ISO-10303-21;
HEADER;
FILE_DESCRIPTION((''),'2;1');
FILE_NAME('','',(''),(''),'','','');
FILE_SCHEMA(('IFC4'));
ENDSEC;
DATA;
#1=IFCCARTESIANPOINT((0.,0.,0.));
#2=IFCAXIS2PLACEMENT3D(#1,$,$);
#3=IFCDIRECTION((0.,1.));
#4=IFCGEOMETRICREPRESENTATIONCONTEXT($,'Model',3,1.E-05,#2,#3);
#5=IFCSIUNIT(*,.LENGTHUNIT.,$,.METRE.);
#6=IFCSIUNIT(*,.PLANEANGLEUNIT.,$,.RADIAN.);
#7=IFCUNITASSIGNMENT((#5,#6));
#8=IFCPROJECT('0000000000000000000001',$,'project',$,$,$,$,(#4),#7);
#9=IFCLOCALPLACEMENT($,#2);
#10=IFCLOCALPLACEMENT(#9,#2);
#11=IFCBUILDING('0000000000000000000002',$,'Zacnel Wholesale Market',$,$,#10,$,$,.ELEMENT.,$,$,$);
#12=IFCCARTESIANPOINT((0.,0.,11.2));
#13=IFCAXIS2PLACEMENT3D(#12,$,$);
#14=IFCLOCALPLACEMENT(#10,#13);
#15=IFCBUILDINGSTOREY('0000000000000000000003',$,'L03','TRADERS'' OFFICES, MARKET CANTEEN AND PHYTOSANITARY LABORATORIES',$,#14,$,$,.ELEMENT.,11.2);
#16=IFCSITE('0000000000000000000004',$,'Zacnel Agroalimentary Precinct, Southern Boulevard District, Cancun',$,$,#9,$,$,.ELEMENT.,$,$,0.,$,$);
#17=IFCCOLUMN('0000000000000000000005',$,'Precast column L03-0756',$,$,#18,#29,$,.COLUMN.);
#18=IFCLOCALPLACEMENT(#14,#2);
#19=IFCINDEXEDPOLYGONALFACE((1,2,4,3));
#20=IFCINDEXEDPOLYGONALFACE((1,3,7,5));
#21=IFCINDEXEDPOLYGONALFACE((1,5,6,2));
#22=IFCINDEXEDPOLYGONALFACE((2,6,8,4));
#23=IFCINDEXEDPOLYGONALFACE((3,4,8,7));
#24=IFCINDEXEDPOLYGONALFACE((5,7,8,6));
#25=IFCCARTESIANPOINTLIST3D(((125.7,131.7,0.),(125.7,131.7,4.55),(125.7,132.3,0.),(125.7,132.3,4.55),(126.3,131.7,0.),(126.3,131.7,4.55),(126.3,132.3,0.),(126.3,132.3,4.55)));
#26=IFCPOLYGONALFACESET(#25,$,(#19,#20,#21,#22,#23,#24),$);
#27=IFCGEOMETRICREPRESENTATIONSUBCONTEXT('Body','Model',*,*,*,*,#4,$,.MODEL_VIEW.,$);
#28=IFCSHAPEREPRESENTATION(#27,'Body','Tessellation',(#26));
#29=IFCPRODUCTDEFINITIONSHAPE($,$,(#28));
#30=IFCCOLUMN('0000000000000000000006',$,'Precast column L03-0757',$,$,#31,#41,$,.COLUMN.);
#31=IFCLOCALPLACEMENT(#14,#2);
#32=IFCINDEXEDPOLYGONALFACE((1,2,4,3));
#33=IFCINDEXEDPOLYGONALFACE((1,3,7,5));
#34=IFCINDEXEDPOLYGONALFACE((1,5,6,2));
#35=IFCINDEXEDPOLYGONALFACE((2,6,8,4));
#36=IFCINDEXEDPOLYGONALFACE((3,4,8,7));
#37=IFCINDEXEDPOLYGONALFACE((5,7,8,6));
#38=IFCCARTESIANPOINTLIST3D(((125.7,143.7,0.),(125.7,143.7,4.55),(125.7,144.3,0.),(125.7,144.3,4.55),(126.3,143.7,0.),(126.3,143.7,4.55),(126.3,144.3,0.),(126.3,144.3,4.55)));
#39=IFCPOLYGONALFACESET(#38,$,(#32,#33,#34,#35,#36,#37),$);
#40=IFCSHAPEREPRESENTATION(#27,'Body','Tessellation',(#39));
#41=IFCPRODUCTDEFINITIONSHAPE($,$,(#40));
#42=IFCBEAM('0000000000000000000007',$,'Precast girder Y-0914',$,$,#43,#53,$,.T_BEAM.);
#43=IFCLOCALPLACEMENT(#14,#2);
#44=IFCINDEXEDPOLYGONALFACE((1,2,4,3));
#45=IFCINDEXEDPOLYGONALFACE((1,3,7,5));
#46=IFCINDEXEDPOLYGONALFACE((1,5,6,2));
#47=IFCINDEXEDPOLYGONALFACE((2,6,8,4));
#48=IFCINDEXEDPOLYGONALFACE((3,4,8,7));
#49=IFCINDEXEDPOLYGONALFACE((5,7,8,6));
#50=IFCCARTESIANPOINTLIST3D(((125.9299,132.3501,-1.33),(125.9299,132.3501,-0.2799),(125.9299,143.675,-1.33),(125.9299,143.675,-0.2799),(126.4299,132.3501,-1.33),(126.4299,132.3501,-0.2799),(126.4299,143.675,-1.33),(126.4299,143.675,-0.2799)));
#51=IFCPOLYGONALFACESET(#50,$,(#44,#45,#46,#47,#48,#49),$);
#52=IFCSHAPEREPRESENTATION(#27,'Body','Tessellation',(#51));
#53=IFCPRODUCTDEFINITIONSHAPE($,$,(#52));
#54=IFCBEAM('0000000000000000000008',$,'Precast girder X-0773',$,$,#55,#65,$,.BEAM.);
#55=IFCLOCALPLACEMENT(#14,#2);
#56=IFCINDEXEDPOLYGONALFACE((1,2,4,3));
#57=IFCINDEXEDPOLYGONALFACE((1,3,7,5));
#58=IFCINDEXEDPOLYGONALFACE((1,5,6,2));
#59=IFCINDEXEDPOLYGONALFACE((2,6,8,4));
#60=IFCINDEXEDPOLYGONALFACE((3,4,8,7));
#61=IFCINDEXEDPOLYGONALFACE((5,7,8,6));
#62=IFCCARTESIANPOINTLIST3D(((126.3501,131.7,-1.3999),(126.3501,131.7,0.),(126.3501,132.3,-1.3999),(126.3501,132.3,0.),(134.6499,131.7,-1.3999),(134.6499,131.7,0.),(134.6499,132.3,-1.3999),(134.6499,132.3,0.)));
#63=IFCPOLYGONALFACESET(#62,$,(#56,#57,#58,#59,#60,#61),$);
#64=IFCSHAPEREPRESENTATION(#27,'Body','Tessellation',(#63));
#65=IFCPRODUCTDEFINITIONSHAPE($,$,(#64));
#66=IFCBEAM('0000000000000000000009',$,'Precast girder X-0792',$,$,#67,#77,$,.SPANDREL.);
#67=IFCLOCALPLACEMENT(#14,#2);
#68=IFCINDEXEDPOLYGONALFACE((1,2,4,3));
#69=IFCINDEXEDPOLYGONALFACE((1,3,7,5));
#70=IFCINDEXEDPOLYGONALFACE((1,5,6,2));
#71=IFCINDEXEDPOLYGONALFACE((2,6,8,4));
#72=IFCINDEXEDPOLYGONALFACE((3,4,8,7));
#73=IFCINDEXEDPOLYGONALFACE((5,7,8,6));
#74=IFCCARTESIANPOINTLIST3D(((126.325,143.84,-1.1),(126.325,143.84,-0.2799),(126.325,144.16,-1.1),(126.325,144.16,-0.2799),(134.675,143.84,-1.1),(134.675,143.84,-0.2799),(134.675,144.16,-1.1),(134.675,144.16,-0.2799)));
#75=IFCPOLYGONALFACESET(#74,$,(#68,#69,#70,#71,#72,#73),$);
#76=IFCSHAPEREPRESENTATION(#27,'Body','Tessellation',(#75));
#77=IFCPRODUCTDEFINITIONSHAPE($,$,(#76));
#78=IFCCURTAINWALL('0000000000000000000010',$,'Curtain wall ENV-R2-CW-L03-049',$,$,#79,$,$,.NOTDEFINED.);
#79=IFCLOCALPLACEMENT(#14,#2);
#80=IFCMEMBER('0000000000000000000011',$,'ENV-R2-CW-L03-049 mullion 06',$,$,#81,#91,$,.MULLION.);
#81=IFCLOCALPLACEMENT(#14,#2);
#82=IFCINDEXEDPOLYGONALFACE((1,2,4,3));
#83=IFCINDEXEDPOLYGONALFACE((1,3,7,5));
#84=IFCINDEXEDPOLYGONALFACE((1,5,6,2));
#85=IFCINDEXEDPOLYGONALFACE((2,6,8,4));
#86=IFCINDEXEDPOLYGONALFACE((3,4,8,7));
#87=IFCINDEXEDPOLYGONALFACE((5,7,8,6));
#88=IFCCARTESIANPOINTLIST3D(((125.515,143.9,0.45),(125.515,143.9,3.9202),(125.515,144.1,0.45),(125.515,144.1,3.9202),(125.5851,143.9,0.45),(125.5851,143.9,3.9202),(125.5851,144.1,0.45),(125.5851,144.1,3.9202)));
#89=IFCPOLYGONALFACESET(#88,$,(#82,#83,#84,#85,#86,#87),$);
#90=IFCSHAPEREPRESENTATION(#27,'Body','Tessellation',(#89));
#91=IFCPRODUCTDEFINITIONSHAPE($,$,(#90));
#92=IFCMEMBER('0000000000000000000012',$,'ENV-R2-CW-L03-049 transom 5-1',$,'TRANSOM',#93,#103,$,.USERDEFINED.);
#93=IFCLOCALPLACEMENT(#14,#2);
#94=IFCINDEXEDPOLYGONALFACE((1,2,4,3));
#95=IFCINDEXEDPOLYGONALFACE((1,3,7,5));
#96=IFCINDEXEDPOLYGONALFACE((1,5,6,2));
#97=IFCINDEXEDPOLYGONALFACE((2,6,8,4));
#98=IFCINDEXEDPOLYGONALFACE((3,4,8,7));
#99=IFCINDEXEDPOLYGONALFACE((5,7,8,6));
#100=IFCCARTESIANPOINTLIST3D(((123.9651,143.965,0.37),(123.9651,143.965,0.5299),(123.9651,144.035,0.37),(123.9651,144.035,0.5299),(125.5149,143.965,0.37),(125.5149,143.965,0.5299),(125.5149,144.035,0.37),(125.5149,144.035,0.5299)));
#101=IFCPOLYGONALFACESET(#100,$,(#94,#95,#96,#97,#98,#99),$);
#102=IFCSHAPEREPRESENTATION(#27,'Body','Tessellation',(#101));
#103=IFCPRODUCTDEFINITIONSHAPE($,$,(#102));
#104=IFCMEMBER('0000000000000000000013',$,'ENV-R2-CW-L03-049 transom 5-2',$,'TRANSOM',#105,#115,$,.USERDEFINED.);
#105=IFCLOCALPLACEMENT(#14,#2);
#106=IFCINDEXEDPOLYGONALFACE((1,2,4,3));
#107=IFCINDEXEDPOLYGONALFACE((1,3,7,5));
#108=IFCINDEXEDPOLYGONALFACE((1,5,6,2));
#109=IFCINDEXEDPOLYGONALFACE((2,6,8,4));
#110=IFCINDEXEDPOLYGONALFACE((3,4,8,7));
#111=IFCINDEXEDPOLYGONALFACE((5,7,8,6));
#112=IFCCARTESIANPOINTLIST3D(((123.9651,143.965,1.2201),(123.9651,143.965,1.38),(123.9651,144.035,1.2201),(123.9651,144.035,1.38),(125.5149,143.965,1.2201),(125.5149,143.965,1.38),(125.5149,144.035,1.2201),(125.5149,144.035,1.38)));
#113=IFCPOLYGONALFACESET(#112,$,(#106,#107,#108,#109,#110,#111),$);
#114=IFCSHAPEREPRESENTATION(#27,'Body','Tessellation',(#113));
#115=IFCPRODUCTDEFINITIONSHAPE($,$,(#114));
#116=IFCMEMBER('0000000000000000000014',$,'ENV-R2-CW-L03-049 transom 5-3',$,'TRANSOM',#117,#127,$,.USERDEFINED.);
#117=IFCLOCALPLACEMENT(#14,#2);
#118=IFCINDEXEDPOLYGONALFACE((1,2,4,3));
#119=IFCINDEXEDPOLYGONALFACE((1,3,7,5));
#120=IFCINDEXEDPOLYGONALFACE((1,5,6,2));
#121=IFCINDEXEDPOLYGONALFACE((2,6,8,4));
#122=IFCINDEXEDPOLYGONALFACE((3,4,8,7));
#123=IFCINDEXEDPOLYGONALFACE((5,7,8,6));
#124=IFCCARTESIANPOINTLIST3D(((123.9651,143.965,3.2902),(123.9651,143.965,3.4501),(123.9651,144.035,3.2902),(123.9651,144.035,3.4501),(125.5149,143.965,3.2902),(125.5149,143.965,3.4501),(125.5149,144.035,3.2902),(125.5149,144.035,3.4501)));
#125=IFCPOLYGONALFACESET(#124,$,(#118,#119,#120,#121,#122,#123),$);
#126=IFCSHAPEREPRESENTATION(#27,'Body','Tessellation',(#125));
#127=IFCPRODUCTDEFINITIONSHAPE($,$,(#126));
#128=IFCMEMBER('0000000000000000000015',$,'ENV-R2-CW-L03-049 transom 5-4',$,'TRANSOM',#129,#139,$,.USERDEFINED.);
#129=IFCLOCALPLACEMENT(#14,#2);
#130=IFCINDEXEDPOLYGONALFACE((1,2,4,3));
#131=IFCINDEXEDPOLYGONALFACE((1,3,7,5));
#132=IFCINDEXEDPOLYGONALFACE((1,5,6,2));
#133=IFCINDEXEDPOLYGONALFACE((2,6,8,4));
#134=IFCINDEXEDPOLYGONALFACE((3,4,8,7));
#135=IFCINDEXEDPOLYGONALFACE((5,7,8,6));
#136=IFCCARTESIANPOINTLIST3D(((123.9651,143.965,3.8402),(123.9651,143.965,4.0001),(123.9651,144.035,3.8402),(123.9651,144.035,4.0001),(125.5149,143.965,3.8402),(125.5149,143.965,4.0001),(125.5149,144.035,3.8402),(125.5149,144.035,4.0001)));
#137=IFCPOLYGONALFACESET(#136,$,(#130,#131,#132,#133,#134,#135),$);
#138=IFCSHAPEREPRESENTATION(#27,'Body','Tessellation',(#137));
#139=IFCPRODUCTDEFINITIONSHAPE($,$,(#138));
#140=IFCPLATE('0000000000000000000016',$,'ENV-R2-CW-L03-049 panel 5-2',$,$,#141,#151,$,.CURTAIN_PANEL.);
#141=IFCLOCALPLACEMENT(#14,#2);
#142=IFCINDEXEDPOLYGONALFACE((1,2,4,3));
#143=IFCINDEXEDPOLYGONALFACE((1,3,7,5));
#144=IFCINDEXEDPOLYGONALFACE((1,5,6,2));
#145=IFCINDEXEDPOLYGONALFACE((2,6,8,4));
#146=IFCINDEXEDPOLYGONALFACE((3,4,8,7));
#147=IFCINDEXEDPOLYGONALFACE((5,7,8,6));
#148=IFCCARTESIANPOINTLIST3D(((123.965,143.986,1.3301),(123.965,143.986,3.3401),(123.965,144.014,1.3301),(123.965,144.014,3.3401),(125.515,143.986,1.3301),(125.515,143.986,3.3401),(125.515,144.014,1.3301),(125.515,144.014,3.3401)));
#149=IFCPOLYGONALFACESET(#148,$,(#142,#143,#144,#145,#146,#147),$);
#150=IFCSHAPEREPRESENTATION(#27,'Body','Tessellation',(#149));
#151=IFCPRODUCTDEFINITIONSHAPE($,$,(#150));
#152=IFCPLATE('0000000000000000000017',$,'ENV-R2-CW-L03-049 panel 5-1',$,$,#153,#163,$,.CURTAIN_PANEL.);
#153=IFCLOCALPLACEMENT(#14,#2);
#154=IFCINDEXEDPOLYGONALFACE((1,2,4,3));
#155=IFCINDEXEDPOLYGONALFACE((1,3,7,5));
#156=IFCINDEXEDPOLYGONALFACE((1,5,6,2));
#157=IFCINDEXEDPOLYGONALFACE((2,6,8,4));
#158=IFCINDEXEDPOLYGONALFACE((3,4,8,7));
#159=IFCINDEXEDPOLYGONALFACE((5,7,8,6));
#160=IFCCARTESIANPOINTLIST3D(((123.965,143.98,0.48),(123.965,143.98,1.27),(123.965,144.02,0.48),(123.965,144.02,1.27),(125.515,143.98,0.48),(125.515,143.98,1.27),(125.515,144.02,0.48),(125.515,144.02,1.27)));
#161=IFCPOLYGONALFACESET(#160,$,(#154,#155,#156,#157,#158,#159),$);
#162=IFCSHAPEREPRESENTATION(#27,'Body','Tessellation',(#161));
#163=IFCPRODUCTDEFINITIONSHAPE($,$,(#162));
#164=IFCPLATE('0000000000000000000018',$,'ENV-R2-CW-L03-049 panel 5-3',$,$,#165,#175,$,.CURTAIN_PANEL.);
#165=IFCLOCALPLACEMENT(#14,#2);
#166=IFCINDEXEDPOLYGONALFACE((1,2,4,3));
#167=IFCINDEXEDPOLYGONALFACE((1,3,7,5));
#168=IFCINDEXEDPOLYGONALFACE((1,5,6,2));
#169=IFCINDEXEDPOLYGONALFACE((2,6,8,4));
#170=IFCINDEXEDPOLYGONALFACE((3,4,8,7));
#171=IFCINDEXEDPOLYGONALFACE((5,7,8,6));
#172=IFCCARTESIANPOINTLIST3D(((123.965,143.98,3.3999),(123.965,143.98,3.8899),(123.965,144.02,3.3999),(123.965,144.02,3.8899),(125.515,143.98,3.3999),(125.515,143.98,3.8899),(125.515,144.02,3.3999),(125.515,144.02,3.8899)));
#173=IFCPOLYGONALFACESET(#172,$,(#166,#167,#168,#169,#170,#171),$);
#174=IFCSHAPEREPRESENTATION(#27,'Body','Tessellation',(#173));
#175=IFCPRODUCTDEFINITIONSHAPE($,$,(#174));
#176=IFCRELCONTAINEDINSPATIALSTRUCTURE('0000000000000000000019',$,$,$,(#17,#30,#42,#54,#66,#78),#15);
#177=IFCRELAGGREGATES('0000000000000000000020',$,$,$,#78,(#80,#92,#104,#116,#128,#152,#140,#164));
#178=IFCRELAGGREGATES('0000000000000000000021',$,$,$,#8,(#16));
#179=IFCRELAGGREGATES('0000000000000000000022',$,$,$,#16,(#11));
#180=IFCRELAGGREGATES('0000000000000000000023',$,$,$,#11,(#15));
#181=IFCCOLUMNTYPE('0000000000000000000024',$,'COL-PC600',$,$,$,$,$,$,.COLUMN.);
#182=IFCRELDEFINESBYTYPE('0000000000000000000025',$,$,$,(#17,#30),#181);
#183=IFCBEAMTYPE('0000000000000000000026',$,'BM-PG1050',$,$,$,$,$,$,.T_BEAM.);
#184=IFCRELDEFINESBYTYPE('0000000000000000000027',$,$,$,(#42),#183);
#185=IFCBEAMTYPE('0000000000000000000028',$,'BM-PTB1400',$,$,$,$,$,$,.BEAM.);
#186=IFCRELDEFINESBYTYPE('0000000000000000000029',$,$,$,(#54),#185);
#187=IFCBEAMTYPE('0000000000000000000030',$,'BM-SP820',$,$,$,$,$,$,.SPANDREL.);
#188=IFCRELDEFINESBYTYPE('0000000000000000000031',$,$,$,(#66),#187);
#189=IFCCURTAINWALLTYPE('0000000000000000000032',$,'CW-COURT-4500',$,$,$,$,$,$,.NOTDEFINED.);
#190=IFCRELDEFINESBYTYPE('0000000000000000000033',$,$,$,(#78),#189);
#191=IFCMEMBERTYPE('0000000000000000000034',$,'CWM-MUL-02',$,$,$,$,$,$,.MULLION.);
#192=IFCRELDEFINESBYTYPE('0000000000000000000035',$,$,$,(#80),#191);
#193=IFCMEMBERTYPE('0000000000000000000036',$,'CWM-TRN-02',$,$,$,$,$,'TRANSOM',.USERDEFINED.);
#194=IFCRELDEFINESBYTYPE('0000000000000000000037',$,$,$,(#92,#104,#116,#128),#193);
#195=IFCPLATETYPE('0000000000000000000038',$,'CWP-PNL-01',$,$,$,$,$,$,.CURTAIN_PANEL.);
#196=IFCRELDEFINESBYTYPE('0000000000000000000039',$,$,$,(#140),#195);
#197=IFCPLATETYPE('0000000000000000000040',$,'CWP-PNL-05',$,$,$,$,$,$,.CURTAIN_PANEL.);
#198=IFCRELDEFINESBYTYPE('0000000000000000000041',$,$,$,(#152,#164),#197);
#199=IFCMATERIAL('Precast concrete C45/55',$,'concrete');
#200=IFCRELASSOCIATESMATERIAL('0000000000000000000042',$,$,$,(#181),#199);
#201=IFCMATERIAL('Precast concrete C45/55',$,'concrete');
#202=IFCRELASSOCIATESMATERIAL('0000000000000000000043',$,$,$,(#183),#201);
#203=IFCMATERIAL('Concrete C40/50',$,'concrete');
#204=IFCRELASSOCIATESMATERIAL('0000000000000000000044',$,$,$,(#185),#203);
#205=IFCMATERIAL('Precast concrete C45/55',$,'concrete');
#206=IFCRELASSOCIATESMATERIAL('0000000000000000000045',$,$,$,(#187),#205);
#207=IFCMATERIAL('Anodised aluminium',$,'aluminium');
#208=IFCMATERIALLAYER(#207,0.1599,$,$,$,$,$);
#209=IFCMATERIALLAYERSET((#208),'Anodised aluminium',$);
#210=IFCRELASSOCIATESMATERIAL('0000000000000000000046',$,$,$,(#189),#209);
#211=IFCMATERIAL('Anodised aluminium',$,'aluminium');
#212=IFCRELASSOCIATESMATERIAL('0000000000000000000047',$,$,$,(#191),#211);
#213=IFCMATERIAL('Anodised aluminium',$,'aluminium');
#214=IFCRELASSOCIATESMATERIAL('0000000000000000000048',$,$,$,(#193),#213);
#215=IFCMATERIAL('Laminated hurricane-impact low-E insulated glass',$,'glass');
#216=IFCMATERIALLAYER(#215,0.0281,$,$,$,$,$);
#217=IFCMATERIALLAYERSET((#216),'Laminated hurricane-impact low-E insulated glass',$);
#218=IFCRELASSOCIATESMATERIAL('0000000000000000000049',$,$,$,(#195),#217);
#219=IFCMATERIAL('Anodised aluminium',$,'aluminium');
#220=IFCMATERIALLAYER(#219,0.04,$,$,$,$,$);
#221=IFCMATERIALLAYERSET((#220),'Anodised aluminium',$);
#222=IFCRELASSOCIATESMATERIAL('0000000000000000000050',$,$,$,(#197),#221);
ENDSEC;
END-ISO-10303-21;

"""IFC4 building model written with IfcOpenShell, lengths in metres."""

from ifc_helpers import new_model, si_unit, direction, frame, origin, origin_2d, place, context, subcontext, project, spatial, rectangle, extrude, material, layer, layer_set, material_profile, profile_set, type_object, element, aggregate, save


model = new_model("IFC4")

# Units and contexts
model_context = context("Model", 3, precision=1e-05, world=origin(), true_north=direction((0.0, 1.0)))
body_context = subcontext(model_context, "Body", "Model", "MODEL_VIEW")
ifc_project = project(units=[si_unit("LENGTHUNIT", "METRE"), si_unit("PLANEANGLEUNIT", "RADIAN")], contexts=[model_context])

# Site, building, storey
site_placement = place(None, origin())
site = spatial("IfcSite", under=ifc_project, at=site_placement, Name="Zacnel Agroalimentary Precinct, Southern Boulevard District, Cancun", CompositionType="ELEMENT", RefElevation=0.0)
building_placement = place(site_placement, origin())
building = spatial("IfcBuilding", under=site, at=building_placement, Name="Zacnel Wholesale Market", CompositionType="ELEMENT")
storey_placement = place(building_placement, frame((0.0, 0.0, 11.2)))
storey = spatial("IfcBuildingStorey", under=building, at=storey_placement, Name="L03", Description="TRADERS' OFFICES, MARKET CANTEEN AND PHYTOSANITARY LABORATORIES", CompositionType="ELEMENT", Elevation=11.2)

# Columns
ifc_material_1 = material(Name="Precast concrete C45/55", Category="concrete")
ifc_material_profile_1 = material_profile(ifc_material_1, rectangle(XDim=0.6001, YDim=0.6001, at=origin_2d()), Name="PC 600x600")
ifc_profile_set_1 = profile_set([ifc_material_profile_1], Name="Precast concrete C45/55")
column_type = type_object("IfcColumnType", Name="COL-PC600", PredefinedType="COLUMN", material=ifc_profile_set_1)
for number, where, z_axis, x_axis, name in (
    (1, (126.0, 132.0, 0.0), (0.0, 0.0, 1.0), (1.0, 0.0, 0.0), "Precast column L03-0756"),
    (2, (126.0, 144.0, 0.0), (0.0, 0.0, 1.0), (1.0, 0.0, 0.0), "Precast column L03-0757"),
):
    element("IfcColumn", number, at=place(storey_placement, frame(where, z_axis=z_axis, x_axis=x_axis)), inside=storey, type_object=column_type, Name=name, PredefinedType="COLUMN", context=body_context, shape_type="SweptSolid", body=[
        extrude(rectangle(XDim=0.6001, YDim=0.6001, at=origin_2d()), origin(), (0.0, 0.0, 1.0), 4.55),
    ])

# Beams
ifc_material_2 = material(Name="Precast concrete C45/55", Category="concrete")
ifc_material_profile_2 = material_profile(ifc_material_2, rectangle(XDim=0.5, YDim=1.05, at=origin_2d()), Name="PG 500x1050")
ifc_profile_set_2 = profile_set([ifc_material_profile_2], Name="Precast concrete C45/55")
beam_type_1 = type_object("IfcBeamType", Name="BM-PG1050", PredefinedType="T_BEAM", material=ifc_profile_set_2)
beam_1_placement = place(storey_placement, frame((126.1799, 132.3501, -0.8049), z_axis=(0.0, 1.0, 0.0), x_axis=(-1.0, 0.0, 0.0)))
element("IfcBeam", 3, at=beam_1_placement, inside=storey, type_object=beam_type_1, Name="Precast girder Y-0914", PredefinedType="T_BEAM", context=body_context, shape_type="SweptSolid", body=[
    extrude(rectangle(XDim=0.5, YDim=1.05, at=origin_2d()), origin(), (0.0, 0.0, 1.0), 11.325),
])
ifc_material_3 = material(Name="Concrete C40/50", Category="concrete")
ifc_material_profile_3 = material_profile(ifc_material_3, rectangle(XDim=0.6001, YDim=1.3999, at=origin_2d()), Name="PTB 600x1400")
ifc_profile_set_3 = profile_set([ifc_material_profile_3], Name="Concrete C40/50")
beam_type_2 = type_object("IfcBeamType", Name="BM-PTB1400", PredefinedType="BEAM", material=ifc_profile_set_3)
beam_2_placement = place(storey_placement, frame((126.3501, 132.0, -0.7), z_axis=(1.0, 0.0, 0.0), x_axis=(0.0, 1.0, 0.0)))
element("IfcBeam", 4, at=beam_2_placement, inside=storey, type_object=beam_type_2, Name="Precast girder X-0773", PredefinedType="BEAM", context=body_context, shape_type="SweptSolid", body=[
    extrude(rectangle(XDim=0.6001, YDim=1.3999, at=origin_2d()), origin(), (0.0, 0.0, 1.0), 8.2998),
])
ifc_material_4 = material(Name="Precast concrete C45/55", Category="concrete")
ifc_material_profile_4 = material_profile(ifc_material_4, rectangle(XDim=0.3201, YDim=0.8201, at=origin_2d()), Name="SP 320x820")
ifc_profile_set_4 = profile_set([ifc_material_profile_4], Name="Precast concrete C45/55")
beam_type_3 = type_object("IfcBeamType", Name="BM-SP820", PredefinedType="SPANDREL", material=ifc_profile_set_4)
beam_3_placement = place(storey_placement, frame((126.325, 144.0, -0.6899), z_axis=(1.0, 0.0, 0.0), x_axis=(0.0, 1.0, 0.0)))
element("IfcBeam", 5, at=beam_3_placement, inside=storey, type_object=beam_type_3, Name="Precast girder X-0792", PredefinedType="SPANDREL", context=body_context, shape_type="SweptSolid", body=[
    extrude(rectangle(XDim=0.3201, YDim=0.8201, at=origin_2d()), origin(), (0.0, 0.0, 1.0), 8.3501),
])

# Curtain wall, members, plates
ifc_material_5 = material(Name="Anodised aluminium", Category="aluminium")
ifc_layer_1 = layer(ifc_material_5, 0.1599)
ifc_layer_set_1 = layer_set([ifc_layer_1], Name="Anodised aluminium")
curtain_wall_type = type_object("IfcCurtainWallType", Name="CW-COURT-4500", PredefinedType="NOTDEFINED", material=ifc_layer_set_1)
curtain_wall_placement = place(storey_placement, origin())
curtain_wall = element("IfcCurtainWall", 6, at=curtain_wall_placement, inside=storey, type_object=curtain_wall_type, Name="Curtain wall ENV-R2-CW-L03-049", PredefinedType="NOTDEFINED")
ifc_material_6 = material(Name="Anodised aluminium", Category="aluminium")
ifc_material_profile_5 = material_profile(ifc_material_6, rectangle(XDim=0.0701, YDim=0.2, at=origin_2d()), Name="AW-MULLION 70x200")
ifc_profile_set_5 = profile_set([ifc_material_profile_5], Name="Anodised aluminium")
member_type_1 = type_object("IfcMemberType", Name="CWM-MUL-02", PredefinedType="MULLION", material=ifc_profile_set_5)
member_1_placement = place(storey_placement, frame((125.55, 144.0, 0.45), z_axis=(0.0, 0.0, 1.0), x_axis=(1.0, 0.0, 0.0)))
member_1 = element("IfcMember", 7, at=member_1_placement, type_object=member_type_1, Name="ENV-R2-CW-L03-049 mullion 06", PredefinedType="MULLION", context=body_context, shape_type="SweptSolid", body=[
    extrude(rectangle(XDim=0.0701, YDim=0.2, at=origin_2d()), origin(), (0.0, 0.0, 1.0), 3.4702),
])
ifc_material_7 = material(Name="Anodised aluminium", Category="aluminium")
ifc_material_profile_6 = material_profile(ifc_material_7, rectangle(XDim=0.0701, YDim=0.1599, at=origin_2d()), Name="AW-TRANSOM 70x160")
ifc_profile_set_6 = profile_set([ifc_material_profile_6], Name="Anodised aluminium")
member_type_2 = type_object("IfcMemberType", Name="CWM-TRN-02", ElementType="TRANSOM", PredefinedType="USERDEFINED", material=ifc_profile_set_6)
member_2_placement = place(storey_placement, frame((123.9651, 144.0, 0.45), z_axis=(1.0, 0.0, 0.0), x_axis=(0.0, 1.0, 0.0)))
member_2 = element("IfcMember", 8, at=member_2_placement, type_object=member_type_2, Name="ENV-R2-CW-L03-049 transom 5-1", ObjectType="TRANSOM", PredefinedType="USERDEFINED", context=body_context, shape_type="SweptSolid", body=[
    extrude(rectangle(XDim=0.0701, YDim=0.1599, at=origin_2d()), origin(), (0.0, 0.0, 1.0), 1.5498),
])
member_3_placement = place(storey_placement, frame((123.9651, 144.0, 1.3), z_axis=(1.0, 0.0, 0.0), x_axis=(0.0, 1.0, 0.0)))
member_3 = element("IfcMember", 9, at=member_3_placement, type_object=member_type_2, Name="ENV-R2-CW-L03-049 transom 5-2", ObjectType="TRANSOM", PredefinedType="USERDEFINED", context=body_context, shape_type="SweptSolid", body=[
    extrude(rectangle(XDim=0.0701, YDim=0.1599, at=origin_2d()), origin(), (0.0, 0.0, 1.0), 1.5498),
])
member_4_placement = place(storey_placement, frame((123.9651, 144.0, 3.3701), z_axis=(1.0, 0.0, 0.0), x_axis=(0.0, 1.0, 0.0)))
member_4 = element("IfcMember", 10, at=member_4_placement, type_object=member_type_2, Name="ENV-R2-CW-L03-049 transom 5-3", ObjectType="TRANSOM", PredefinedType="USERDEFINED", context=body_context, shape_type="SweptSolid", body=[
    extrude(rectangle(XDim=0.0701, YDim=0.1599, at=origin_2d()), origin(), (0.0, 0.0, 1.0), 1.5498),
])
member_5_placement = place(storey_placement, frame((123.9651, 144.0, 3.9202), z_axis=(1.0, 0.0, 0.0), x_axis=(0.0, 1.0, 0.0)))
member_5 = element("IfcMember", 11, at=member_5_placement, type_object=member_type_2, Name="ENV-R2-CW-L03-049 transom 5-4", ObjectType="TRANSOM", PredefinedType="USERDEFINED", context=body_context, shape_type="SweptSolid", body=[
    extrude(rectangle(XDim=0.0701, YDim=0.1599, at=origin_2d()), origin(), (0.0, 0.0, 1.0), 1.5498),
])
ifc_material_8 = material(Name="Laminated hurricane-impact low-E insulated glass", Category="glass")
ifc_layer_2 = layer(ifc_material_8, 0.0281)
ifc_layer_set_2 = layer_set([ifc_layer_2], Name="Laminated hurricane-impact low-E insulated glass")
plate_type_1 = type_object("IfcPlateType", Name="CWP-PNL-01", PredefinedType="CURTAIN_PANEL", material=ifc_layer_set_2)
plate_1_placement = place(storey_placement, frame((124.74, 144.0, 1.3301), z_axis=(0.0, 0.0, 1.0), x_axis=(1.0, 0.0, 0.0)))
plate_1 = element("IfcPlate", 12, at=plate_1_placement, type_object=plate_type_1, Name="ENV-R2-CW-L03-049 panel 5-2", PredefinedType="CURTAIN_PANEL", context=body_context, shape_type="SweptSolid", body=[
    extrude(rectangle(XDim=1.55, YDim=0.0281, at=origin_2d()), origin(), (0.0, 0.0, 1.0), 2.01),
])
ifc_material_9 = material(Name="Anodised aluminium", Category="aluminium")
ifc_layer_3 = layer(ifc_material_9, 0.04)
ifc_layer_set_3 = layer_set([ifc_layer_3], Name="Anodised aluminium")
plate_type_2 = type_object("IfcPlateType", Name="CWP-PNL-05", PredefinedType="CURTAIN_PANEL", material=ifc_layer_set_3)
plate_2_placement = place(storey_placement, frame((124.74, 144.0, 0.48), z_axis=(0.0, 0.0, 1.0), x_axis=(1.0, 0.0, 0.0)))
plate_2 = element("IfcPlate", 13, at=plate_2_placement, type_object=plate_type_2, Name="ENV-R2-CW-L03-049 panel 5-1", PredefinedType="CURTAIN_PANEL", context=body_context, shape_type="SweptSolid", body=[
    extrude(rectangle(XDim=1.55, YDim=0.04, at=origin_2d()), origin(), (0.0, 0.0, 1.0), 0.79),
])
plate_3_placement = place(storey_placement, frame((124.74, 144.0, 3.3999), z_axis=(0.0, 0.0, 1.0), x_axis=(1.0, 0.0, 0.0)))
plate_3 = element("IfcPlate", 14, at=plate_3_placement, type_object=plate_type_2, Name="ENV-R2-CW-L03-049 panel 5-3", PredefinedType="CURTAIN_PANEL", context=body_context, shape_type="SweptSolid", body=[
    extrude(rectangle(XDim=1.55, YDim=0.04, at=origin_2d()), origin(), (0.0, 0.0, 1.0), 0.49),
])
aggregate(curtain_wall, [member_1, member_2, member_3, member_4, member_5, plate_2, plate_1, plate_3])

save(model, "model.ifc")
